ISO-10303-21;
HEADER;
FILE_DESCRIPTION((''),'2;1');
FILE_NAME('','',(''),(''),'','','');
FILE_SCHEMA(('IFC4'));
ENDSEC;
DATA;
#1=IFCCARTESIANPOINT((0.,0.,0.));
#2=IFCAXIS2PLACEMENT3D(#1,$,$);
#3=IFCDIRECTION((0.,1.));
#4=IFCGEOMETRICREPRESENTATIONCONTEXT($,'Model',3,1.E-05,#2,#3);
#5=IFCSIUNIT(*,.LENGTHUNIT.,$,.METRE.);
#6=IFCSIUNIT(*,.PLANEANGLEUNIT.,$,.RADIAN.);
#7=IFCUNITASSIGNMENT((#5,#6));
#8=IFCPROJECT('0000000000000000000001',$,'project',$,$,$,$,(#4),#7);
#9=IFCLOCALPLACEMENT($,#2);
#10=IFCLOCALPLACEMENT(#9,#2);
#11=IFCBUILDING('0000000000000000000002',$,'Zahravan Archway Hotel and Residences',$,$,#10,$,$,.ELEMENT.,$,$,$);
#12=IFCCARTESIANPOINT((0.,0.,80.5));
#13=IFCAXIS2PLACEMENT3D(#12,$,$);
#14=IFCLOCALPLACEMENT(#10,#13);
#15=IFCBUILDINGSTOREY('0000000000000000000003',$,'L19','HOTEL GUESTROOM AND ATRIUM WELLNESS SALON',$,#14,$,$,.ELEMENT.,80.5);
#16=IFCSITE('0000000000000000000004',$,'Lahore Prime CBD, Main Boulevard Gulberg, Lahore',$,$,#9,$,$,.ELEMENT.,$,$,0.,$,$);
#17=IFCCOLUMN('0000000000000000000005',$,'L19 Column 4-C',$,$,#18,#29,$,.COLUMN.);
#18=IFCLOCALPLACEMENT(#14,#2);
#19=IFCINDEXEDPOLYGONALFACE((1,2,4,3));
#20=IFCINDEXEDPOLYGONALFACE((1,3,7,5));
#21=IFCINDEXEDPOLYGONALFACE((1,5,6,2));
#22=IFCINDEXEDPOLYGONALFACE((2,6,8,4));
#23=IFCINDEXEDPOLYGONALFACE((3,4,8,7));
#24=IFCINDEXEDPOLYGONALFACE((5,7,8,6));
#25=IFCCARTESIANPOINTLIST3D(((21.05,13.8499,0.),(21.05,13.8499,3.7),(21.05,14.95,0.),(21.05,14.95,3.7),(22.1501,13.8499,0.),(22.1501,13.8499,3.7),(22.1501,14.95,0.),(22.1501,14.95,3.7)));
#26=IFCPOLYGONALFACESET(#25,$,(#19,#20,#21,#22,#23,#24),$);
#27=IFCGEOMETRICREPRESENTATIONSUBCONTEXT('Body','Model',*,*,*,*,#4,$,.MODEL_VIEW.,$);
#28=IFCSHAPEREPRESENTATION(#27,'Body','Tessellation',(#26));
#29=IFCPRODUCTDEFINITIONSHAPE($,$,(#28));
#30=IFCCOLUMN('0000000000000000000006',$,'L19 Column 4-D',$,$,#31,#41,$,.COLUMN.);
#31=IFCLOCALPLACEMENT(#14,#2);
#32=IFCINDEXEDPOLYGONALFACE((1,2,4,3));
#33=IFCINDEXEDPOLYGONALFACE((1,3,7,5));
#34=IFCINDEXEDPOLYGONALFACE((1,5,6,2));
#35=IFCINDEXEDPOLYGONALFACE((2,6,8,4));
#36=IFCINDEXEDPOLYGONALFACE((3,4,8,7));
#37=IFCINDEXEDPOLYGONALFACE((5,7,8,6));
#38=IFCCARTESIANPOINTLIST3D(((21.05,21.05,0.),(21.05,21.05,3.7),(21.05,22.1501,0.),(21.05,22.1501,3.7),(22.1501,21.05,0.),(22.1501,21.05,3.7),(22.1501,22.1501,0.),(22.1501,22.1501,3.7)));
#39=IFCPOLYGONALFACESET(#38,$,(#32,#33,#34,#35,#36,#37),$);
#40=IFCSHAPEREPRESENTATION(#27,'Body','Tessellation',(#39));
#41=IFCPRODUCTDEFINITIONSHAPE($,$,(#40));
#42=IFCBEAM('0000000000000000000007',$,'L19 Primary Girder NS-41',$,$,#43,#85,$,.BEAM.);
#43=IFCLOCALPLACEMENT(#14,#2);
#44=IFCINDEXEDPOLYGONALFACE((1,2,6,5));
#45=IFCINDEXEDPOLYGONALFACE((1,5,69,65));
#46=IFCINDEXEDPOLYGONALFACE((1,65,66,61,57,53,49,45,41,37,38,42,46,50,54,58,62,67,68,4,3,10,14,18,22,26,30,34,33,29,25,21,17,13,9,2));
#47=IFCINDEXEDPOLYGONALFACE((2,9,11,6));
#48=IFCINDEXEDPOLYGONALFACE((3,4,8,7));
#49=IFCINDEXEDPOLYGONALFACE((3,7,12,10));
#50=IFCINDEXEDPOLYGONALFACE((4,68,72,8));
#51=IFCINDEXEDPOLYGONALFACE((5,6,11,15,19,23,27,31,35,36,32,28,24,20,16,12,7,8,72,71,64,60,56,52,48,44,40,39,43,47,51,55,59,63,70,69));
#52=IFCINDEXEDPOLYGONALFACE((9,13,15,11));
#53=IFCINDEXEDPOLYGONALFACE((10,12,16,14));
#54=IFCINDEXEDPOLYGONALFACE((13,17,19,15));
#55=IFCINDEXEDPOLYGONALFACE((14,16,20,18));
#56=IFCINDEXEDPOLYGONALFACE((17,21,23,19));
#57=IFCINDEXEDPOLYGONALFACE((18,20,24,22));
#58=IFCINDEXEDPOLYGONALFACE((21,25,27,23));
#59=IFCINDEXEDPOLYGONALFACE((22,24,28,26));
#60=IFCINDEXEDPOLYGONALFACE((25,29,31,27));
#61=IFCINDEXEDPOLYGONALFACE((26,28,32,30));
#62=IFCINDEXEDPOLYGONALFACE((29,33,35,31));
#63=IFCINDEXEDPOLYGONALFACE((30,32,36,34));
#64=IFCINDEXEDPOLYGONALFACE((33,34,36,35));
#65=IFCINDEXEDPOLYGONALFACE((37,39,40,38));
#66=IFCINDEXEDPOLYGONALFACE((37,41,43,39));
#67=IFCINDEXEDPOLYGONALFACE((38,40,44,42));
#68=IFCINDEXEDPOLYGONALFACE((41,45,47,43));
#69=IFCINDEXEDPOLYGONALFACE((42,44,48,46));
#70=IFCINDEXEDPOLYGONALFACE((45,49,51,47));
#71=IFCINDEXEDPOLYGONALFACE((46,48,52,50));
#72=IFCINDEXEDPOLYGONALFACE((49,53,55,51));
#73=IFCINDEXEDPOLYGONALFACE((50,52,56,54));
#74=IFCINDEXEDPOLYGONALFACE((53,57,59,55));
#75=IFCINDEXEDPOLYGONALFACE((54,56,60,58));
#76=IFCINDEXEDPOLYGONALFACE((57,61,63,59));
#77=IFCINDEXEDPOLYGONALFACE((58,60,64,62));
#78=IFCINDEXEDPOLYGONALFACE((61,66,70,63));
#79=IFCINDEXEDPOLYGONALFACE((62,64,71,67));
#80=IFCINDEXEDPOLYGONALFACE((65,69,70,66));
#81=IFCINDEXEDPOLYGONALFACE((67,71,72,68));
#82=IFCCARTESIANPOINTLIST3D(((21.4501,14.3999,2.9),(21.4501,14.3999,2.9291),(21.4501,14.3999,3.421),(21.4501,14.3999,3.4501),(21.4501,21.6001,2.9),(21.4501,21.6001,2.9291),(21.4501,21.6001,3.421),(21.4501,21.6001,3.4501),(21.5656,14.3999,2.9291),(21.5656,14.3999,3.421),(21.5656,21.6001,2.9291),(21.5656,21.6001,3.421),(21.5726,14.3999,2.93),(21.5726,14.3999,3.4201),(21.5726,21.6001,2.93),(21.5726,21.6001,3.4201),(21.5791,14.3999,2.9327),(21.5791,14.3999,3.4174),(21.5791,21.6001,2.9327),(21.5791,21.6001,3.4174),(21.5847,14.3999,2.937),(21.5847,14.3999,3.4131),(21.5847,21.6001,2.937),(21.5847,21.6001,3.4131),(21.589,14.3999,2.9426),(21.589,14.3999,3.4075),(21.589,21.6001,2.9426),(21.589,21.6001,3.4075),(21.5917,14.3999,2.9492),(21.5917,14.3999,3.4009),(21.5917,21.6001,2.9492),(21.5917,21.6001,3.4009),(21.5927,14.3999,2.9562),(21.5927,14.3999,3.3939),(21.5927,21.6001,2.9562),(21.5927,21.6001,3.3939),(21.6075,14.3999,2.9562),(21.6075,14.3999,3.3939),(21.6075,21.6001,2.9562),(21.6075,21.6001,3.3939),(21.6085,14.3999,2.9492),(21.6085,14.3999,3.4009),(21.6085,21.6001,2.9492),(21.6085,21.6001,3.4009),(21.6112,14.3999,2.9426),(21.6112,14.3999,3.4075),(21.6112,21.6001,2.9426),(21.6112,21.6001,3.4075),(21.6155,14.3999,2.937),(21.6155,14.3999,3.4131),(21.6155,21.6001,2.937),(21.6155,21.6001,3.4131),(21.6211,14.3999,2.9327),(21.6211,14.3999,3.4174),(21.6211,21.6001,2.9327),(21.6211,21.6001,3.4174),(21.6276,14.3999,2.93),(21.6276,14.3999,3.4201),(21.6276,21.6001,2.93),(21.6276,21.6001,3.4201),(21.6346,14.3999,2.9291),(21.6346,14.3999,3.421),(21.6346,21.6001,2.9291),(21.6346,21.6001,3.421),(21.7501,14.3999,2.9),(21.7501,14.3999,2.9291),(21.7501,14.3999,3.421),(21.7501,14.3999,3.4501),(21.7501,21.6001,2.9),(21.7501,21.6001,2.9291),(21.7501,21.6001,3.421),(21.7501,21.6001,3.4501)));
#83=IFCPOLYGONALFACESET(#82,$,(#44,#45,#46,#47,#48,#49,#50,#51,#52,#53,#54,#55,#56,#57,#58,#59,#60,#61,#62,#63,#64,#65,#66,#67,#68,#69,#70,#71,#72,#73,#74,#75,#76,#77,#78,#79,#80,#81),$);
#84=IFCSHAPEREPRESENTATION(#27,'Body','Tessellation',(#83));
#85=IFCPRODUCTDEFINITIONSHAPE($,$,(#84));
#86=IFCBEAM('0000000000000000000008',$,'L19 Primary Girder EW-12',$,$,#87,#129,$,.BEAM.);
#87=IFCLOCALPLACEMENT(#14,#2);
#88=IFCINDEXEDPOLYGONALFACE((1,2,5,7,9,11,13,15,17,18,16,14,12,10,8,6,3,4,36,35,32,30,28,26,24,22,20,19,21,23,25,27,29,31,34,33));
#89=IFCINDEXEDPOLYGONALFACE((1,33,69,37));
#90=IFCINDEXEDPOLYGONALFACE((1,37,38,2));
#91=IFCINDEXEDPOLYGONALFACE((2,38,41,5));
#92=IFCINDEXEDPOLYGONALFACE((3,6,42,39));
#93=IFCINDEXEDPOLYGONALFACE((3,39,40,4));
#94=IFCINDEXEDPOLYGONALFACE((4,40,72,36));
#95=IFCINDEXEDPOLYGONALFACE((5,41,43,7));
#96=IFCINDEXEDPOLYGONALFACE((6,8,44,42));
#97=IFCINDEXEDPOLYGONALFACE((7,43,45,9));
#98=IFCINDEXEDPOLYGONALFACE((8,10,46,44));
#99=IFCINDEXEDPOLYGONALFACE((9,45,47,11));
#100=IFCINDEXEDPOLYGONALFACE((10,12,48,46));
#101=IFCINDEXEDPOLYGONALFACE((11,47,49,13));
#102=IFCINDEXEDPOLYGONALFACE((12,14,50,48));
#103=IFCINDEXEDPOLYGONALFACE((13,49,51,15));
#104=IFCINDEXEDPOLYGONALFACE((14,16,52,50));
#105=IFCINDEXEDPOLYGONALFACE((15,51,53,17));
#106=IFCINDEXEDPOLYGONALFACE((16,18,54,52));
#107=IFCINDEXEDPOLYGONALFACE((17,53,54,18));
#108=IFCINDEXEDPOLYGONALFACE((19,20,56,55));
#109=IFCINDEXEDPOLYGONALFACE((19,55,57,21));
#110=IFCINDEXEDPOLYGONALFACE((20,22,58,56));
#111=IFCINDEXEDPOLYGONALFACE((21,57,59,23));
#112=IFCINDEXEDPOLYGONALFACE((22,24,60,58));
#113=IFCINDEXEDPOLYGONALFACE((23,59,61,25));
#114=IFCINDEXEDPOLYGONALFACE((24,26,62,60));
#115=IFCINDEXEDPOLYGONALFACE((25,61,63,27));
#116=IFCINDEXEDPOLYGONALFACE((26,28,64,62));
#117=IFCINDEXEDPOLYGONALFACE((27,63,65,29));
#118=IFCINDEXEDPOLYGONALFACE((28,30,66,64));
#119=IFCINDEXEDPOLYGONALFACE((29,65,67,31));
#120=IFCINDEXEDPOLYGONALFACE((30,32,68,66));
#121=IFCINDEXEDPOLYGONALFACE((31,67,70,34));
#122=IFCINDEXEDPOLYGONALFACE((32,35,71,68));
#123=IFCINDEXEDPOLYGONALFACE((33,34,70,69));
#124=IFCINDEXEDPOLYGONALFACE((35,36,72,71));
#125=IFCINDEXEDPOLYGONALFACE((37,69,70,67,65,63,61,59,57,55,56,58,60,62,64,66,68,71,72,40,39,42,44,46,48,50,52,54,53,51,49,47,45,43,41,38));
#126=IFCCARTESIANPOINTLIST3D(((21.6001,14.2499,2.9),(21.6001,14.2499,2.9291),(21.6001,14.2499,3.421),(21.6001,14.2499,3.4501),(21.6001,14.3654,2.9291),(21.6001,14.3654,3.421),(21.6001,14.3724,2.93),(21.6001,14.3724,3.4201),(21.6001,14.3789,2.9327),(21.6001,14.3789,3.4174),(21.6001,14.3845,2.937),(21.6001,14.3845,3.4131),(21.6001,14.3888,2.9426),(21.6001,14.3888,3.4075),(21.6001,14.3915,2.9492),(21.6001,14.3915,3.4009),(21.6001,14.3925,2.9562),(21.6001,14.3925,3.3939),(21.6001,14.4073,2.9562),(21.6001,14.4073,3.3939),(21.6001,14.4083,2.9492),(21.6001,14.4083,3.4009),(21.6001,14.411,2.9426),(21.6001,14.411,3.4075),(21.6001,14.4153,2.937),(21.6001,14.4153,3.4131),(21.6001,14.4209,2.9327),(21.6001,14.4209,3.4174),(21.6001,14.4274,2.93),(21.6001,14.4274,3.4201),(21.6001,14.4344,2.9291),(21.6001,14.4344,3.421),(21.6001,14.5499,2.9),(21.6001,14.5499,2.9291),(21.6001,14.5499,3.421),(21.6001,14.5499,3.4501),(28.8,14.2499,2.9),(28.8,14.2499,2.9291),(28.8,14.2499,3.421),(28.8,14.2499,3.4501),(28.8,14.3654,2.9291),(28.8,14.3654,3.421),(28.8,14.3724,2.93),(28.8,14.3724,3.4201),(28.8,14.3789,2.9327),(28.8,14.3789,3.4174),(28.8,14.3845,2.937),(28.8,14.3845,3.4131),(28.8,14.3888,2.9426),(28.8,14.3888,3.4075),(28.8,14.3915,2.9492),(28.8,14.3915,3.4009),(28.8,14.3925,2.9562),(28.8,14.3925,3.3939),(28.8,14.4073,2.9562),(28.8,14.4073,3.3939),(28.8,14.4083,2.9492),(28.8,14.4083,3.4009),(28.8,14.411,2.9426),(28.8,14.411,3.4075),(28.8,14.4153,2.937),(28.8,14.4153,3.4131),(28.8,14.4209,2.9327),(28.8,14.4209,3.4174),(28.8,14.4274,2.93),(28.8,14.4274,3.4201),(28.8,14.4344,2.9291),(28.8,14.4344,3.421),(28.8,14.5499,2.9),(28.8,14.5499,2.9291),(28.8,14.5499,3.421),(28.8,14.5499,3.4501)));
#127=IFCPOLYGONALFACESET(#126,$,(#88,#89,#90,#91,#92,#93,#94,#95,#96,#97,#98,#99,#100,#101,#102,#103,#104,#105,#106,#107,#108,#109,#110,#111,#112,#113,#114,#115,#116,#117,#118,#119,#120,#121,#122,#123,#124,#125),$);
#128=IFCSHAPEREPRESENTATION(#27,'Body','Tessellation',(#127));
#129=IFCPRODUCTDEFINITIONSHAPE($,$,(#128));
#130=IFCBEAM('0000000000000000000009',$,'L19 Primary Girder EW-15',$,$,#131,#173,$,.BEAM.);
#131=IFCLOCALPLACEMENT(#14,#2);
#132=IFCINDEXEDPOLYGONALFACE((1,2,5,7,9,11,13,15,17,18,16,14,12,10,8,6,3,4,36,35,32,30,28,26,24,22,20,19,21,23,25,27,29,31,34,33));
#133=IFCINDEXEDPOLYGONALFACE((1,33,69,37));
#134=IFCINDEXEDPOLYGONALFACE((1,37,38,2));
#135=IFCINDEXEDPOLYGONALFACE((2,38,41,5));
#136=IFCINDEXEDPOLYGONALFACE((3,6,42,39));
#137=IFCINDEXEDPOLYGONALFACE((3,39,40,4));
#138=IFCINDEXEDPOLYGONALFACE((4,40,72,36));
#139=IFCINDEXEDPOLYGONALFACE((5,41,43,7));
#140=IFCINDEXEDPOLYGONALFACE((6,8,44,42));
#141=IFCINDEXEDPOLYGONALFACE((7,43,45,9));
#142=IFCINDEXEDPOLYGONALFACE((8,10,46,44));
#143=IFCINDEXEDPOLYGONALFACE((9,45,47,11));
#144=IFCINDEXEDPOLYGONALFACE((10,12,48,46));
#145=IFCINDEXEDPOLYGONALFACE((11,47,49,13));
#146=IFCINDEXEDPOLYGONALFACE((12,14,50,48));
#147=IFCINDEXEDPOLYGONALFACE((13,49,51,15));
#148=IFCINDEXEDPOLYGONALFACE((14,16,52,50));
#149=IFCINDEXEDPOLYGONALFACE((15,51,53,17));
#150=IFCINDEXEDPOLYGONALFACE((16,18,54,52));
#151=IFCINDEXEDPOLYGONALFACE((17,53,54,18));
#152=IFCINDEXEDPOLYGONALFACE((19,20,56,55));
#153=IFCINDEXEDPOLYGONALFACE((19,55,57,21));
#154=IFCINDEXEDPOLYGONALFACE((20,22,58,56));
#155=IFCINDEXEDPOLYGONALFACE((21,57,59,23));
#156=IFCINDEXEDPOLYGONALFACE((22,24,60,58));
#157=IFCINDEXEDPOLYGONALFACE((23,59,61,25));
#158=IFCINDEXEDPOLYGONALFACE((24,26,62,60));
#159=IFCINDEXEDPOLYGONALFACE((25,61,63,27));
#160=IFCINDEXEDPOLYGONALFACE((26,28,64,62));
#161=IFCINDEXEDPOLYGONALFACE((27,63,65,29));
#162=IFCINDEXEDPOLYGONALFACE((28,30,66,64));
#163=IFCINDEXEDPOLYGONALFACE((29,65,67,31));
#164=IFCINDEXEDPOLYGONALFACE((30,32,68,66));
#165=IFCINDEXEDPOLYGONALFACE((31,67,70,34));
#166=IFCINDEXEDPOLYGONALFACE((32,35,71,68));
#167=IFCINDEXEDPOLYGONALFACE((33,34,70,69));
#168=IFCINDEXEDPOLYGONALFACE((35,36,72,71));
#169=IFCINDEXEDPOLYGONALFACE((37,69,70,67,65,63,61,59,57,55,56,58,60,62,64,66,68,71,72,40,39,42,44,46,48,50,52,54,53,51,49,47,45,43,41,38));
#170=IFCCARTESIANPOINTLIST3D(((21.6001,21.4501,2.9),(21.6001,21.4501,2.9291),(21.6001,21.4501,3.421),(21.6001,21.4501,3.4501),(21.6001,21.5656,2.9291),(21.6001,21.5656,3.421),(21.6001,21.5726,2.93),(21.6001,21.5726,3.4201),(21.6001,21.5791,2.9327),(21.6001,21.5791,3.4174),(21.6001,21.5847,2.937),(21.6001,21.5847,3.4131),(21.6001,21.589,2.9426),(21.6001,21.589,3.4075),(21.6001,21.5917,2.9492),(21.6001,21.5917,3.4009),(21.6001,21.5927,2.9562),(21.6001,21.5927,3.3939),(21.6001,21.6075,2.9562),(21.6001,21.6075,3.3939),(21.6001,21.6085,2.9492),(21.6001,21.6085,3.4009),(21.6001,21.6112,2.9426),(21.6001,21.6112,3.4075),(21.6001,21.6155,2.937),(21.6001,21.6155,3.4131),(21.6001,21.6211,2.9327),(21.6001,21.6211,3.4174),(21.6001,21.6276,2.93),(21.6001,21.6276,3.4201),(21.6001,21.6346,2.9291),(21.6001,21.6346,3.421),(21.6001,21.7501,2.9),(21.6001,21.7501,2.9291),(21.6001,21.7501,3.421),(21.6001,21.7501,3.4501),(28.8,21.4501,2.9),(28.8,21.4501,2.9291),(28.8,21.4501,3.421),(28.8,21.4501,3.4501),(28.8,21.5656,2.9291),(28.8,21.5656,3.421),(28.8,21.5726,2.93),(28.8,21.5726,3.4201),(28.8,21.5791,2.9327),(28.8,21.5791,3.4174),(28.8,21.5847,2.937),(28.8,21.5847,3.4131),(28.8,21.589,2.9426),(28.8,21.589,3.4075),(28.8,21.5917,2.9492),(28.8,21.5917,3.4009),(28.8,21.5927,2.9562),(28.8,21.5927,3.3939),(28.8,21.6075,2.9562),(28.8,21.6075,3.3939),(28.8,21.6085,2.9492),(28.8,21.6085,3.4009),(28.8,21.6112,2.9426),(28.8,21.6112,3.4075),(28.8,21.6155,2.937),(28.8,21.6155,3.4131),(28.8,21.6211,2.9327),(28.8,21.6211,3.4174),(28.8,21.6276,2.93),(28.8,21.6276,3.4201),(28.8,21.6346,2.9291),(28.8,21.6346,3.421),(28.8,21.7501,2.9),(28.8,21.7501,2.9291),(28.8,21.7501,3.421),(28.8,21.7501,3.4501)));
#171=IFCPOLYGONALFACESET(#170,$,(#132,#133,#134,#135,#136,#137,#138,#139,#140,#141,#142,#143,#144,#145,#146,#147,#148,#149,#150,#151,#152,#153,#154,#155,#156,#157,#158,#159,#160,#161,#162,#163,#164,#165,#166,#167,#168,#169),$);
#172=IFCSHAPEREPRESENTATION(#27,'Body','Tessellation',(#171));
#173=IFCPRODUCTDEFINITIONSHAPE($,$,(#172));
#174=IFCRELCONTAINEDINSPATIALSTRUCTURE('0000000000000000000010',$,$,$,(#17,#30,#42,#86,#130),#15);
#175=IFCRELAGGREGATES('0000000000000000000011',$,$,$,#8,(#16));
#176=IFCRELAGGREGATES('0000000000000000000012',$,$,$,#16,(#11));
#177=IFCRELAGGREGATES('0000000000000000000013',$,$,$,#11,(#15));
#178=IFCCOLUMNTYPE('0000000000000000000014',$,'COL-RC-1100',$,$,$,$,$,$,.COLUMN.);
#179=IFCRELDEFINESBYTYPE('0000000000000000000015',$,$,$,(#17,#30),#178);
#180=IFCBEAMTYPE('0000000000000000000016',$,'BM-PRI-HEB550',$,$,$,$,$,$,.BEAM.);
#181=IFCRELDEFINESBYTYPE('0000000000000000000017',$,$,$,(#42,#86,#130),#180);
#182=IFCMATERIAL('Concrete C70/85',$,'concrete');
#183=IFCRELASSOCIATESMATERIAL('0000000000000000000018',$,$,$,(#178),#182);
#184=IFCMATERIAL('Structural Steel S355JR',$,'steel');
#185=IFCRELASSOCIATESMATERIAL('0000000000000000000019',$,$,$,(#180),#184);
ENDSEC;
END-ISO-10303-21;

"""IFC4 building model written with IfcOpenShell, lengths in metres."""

from ifc_helpers import new_model, si_unit, direction, frame, origin, origin_2d, place, context, subcontext, project, spatial, rectangle, i_section, extrude, source, transform, mapped, material, material_profile, profile_set, type_object, type_shapes, element, save


model = new_model("IFC4")

# Units and contexts
model_context = context("Model", 3, precision=1e-05, world=origin(), true_north=direction((0.0, 1.0)))
body_context = subcontext(model_context, "Body", "Model", "MODEL_VIEW")
ifc_project = project(units=[si_unit("LENGTHUNIT", "METRE"), si_unit("PLANEANGLEUNIT", "RADIAN")], contexts=[model_context])

# Site, building, storey
site_placement = place(None, origin())
site = spatial("IfcSite", under=ifc_project, at=site_placement, Name="Lahore Prime CBD, Main Boulevard Gulberg, Lahore", CompositionType="ELEMENT", RefElevation=0.0)
building_placement = place(site_placement, origin())
building = spatial("IfcBuilding", under=site, at=building_placement, Name="Zahravan Archway Hotel and Residences", CompositionType="ELEMENT")
storey_placement = place(building_placement, frame((0.0, 0.0, 80.5)))
storey = spatial("IfcBuildingStorey", under=building, at=storey_placement, Name="L19", Description="HOTEL GUESTROOM AND ATRIUM WELLNESS SALON", CompositionType="ELEMENT", Elevation=80.5)

# Columns
ifc_material_1 = material(Name="Concrete C70/85", Category="concrete")
ifc_material_profile_1 = material_profile(ifc_material_1, rectangle(XDim=1.1001, YDim=1.1001, at=origin_2d()), Name="RC 1100x1100", Category="concrete")
ifc_profile_set_1 = profile_set([ifc_material_profile_1], Name="Concrete C70/85")
column_type = type_object("IfcColumnType", Name="COL-RC-1100", PredefinedType="COLUMN", material=ifc_profile_set_1)
shared_shape_1 = source(origin(), body_context, "Body", "SweptSolid", [
    extrude(rectangle(XDim=1.1001, YDim=1.1001, at=origin_2d()), origin(), (0.0, 0.0, 1.0), 3.7),
])
for number, where, z_axis, x_axis, name in (
    (1, (21.6001, 14.3999, 0.0), (0.0, 0.0, 1.0), (1.0, 0.0, 0.0), "L19 Column 4-C"),
    (2, (21.6001, 21.6001, 0.0), (0.0, 0.0, 1.0), (1.0, 0.0, 0.0), "L19 Column 4-D"),
):
    element("IfcColumn", number, at=place(storey_placement, frame(where, z_axis=z_axis, x_axis=x_axis)), inside=storey, type_object=column_type, Name=name, PredefinedType="COLUMN", context=body_context, shape_type="MappedRepresentation", body=[
        mapped(shared_shape_1, transform((0.0, 0.0, 0.0), scale=1.0)),
    ])

# Beams
ifc_material_2 = material(Name="Structural Steel S355JR", Category="steel")
ifc_material_profile_2 = material_profile(ifc_material_2, i_section(OverallWidth=0.3, OverallDepth=0.55, WebThickness=0.0149, FlangeThickness=0.0291, FilletRadius=0.0271, at=origin_2d()), Name="HEB 550", Category="steel")
ifc_profile_set_2 = profile_set([ifc_material_profile_2], Name="Structural Steel S355JR")
beam_type_1 = type_object("IfcBeamType", Name="BM-PRI-HEB550", PredefinedType="BEAM", material=ifc_profile_set_2)
shared_shape_2 = source(origin(), body_context, "Body", "SweptSolid", [
    extrude(i_section(OverallWidth=0.3, OverallDepth=0.55, WebThickness=0.0149, FlangeThickness=0.0291, FilletRadius=0.0271, at=origin_2d()), origin(), (0.0, 0.0, 1.0), 7.2002),
])
type_shapes(beam_type_1, [shared_shape_2])
beam_1_placement = place(storey_placement, frame((21.6001, 14.3999, 3.175), z_axis=(0.0, 1.0, 0.0), x_axis=(-1.0, 0.0, 0.0)))
element("IfcBeam", 3, at=beam_1_placement, inside=storey, type_object=beam_type_1, Name="L19 Primary Girder NS-41", PredefinedType="BEAM", context=body_context, shape_type="MappedRepresentation", body=[
    mapped(shared_shape_2, transform((0.0, 0.0, 0.0), scale=1.0)),
])
shared_shape_3 = source(origin(), body_context, "Body", "SweptSolid", [
    extrude(i_section(OverallWidth=0.3, OverallDepth=0.55, WebThickness=0.0149, FlangeThickness=0.0291, FilletRadius=0.0271, at=origin_2d()), origin(), (0.0, 0.0, 1.0), 7.2),
])
for number, where, z_axis, x_axis, name in (
    (4, (21.6001, 14.3999, 3.175), (1.0, 0.0, 0.0), (0.0, 1.0, 0.0), "L19 Primary Girder EW-12"),
    (5, (21.6001, 21.6001, 3.175), (1.0, 0.0, 0.0), (0.0, 1.0, 0.0), "L19 Primary Girder EW-15"),
):
    element("IfcBeam", number, at=place(storey_placement, frame(where, z_axis=z_axis, x_axis=x_axis)), inside=storey, type_object=beam_type_1, Name=name, PredefinedType="BEAM", context=body_context, shape_type="MappedRepresentation", body=[
        mapped(shared_shape_3, transform((0.0, 0.0, 0.0), scale=1.0)),
    ])

save(model, "model.ifc")
